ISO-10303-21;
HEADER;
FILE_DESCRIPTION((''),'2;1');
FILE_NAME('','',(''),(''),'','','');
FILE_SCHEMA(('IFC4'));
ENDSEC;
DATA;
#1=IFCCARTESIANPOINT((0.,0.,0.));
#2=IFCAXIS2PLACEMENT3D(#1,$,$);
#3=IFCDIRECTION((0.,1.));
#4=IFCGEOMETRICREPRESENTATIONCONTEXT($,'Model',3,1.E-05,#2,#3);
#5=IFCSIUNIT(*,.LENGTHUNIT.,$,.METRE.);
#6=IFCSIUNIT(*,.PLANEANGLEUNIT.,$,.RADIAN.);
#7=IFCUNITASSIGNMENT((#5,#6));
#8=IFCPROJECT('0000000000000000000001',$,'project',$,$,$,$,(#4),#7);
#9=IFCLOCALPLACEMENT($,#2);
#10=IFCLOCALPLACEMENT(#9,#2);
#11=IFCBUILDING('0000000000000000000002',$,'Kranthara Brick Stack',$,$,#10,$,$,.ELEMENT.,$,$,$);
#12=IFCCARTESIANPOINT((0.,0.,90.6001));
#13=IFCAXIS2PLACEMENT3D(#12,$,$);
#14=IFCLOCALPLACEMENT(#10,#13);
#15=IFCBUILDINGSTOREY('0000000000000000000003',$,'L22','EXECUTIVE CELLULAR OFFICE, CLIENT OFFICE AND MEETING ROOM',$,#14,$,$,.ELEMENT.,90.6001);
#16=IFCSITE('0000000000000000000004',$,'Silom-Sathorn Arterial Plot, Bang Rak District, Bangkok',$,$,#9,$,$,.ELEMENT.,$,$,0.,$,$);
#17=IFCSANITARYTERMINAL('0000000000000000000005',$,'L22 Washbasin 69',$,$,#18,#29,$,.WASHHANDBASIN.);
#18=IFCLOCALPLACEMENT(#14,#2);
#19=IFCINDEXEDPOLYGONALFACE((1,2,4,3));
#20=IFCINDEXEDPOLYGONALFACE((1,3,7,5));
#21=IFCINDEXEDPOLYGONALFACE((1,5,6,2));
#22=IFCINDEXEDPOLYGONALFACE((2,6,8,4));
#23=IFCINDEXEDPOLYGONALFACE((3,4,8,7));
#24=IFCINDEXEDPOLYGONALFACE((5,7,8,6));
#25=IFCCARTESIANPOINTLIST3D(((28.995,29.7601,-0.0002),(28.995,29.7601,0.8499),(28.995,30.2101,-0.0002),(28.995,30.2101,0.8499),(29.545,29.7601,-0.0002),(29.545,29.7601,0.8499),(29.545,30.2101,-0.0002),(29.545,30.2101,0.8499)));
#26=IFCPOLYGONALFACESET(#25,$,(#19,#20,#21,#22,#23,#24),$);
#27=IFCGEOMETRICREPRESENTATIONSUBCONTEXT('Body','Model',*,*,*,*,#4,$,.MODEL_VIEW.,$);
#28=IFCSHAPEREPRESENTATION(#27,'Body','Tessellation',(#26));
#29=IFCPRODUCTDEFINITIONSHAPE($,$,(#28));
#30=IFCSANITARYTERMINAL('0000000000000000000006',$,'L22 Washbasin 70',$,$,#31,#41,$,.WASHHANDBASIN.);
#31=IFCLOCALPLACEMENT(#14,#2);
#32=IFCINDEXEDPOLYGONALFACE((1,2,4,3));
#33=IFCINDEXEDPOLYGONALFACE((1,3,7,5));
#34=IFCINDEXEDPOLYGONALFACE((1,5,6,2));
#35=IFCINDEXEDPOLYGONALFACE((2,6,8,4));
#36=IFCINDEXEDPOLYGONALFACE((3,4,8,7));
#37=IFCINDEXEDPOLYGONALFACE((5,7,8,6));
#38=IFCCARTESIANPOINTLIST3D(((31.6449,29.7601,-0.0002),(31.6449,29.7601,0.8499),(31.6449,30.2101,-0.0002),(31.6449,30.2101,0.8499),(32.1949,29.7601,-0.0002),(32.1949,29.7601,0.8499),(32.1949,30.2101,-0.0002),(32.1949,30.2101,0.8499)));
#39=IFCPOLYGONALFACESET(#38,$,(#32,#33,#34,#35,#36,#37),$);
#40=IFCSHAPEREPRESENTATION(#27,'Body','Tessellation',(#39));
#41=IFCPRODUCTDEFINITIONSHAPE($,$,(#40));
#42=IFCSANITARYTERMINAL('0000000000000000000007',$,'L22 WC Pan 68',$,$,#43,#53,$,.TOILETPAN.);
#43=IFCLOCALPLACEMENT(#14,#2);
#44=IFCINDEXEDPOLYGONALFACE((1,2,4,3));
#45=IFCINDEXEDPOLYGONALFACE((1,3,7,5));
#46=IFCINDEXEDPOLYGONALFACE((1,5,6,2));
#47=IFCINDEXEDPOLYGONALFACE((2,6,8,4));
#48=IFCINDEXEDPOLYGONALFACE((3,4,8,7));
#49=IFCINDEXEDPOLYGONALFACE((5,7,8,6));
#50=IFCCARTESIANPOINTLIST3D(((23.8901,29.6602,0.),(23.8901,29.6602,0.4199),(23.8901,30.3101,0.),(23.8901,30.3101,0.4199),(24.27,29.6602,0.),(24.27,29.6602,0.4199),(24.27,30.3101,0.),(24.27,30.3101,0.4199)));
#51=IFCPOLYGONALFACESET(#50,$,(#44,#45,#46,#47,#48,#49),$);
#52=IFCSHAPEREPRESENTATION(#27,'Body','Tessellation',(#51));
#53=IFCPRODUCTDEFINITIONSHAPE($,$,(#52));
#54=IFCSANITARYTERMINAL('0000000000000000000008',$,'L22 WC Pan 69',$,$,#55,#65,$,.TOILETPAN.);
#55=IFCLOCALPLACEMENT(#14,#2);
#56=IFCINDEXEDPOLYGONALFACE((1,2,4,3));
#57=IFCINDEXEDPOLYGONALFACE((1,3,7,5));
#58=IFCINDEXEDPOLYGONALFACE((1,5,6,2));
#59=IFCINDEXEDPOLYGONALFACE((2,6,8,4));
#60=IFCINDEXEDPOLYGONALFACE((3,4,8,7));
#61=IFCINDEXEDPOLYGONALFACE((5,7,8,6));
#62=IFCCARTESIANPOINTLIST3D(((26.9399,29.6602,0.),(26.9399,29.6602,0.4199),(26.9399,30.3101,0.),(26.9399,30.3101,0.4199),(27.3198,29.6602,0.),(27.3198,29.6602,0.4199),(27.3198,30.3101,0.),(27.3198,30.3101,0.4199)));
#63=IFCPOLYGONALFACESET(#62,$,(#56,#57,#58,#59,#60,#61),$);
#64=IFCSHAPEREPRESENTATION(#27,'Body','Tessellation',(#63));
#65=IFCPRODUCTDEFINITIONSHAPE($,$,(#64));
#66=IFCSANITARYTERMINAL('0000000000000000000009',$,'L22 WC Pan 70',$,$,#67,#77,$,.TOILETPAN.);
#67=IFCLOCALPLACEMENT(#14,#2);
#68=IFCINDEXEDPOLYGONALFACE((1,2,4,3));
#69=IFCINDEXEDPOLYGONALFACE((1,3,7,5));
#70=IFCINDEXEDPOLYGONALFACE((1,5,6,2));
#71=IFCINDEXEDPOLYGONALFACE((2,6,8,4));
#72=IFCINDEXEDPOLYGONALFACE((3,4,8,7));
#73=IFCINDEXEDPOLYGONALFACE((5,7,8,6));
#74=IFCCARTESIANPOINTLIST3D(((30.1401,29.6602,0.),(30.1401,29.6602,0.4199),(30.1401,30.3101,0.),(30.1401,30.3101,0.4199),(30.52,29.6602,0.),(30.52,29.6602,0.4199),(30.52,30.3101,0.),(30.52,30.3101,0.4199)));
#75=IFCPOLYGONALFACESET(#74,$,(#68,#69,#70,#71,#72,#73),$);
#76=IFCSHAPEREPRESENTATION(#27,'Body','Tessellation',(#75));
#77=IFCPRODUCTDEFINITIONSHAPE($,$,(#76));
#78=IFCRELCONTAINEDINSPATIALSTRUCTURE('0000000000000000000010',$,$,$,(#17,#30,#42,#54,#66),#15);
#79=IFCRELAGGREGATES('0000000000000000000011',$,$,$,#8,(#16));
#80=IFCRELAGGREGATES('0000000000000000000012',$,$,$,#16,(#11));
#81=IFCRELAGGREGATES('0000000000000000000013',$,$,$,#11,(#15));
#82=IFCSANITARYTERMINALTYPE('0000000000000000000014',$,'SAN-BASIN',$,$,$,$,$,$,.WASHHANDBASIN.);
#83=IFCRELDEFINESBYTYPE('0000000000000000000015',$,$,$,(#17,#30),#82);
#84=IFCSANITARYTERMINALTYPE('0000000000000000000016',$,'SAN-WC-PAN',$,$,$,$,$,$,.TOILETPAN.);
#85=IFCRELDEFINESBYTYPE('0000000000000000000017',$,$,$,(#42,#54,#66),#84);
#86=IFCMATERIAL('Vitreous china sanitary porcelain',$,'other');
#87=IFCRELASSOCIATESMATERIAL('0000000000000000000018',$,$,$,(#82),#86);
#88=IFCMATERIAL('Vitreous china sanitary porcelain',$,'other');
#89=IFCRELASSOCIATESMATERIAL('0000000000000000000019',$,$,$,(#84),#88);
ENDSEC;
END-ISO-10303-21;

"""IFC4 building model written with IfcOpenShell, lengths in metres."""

from ifc_helpers import new_model, si_unit, direction, frame, origin, origin_2d, place, context, subcontext, project, spatial, rectangle, extrude, material, type_object, element, save


model = new_model("IFC4")

# Units and contexts
model_context = context("Model", 3, precision=1e-05, world=origin(), true_north=direction((0.0, 1.0)))
body_context = subcontext(model_context, "Body", "Model", "MODEL_VIEW")
ifc_project = project(units=[si_unit("LENGTHUNIT", "METRE"), si_unit("PLANEANGLEUNIT", "RADIAN")], contexts=[model_context])

# Site, building, storey
site_placement = place(None, origin())
site = spatial("IfcSite", under=ifc_project, at=site_placement, Name="Silom-Sathorn Arterial Plot, Bang Rak District, Bangkok", CompositionType="ELEMENT", RefElevation=0.0)
building_placement = place(site_placement, origin())
building = spatial("IfcBuilding", under=site, at=building_placement, Name="Kranthara Brick Stack", CompositionType="ELEMENT")
storey_placement = place(building_placement, frame((0.0, 0.0, 90.6001)))
storey = spatial("IfcBuildingStorey", under=building, at=storey_placement, Name="L22", Description="EXECUTIVE CELLULAR OFFICE, CLIENT OFFICE AND MEETING ROOM", CompositionType="ELEMENT", Elevation=90.6001)

# Sanitary terminals
ifc_material_1 = material(Name="Vitreous china sanitary porcelain", Category="other")
sanitary_terminal_type_1 = type_object("IfcSanitaryTerminalType", Name="SAN-BASIN", PredefinedType="WASHHANDBASIN", material=ifc_material_1)
for number, where, z_axis, x_axis, name in (
    (1, (29.27, 29.9851, -0.0002), (0.0, 0.0, 1.0), (1.0, 0.0, 0.0), "L22 Washbasin 69"),
    (2, (31.9199, 29.9851, -0.0002), (0.0, 0.0, 1.0), (1.0, 0.0, 0.0), "L22 Washbasin 70"),
):
    element("IfcSanitaryTerminal", number, at=place(storey_placement, frame(where, z_axis=z_axis, x_axis=x_axis)), inside=storey, type_object=sanitary_terminal_type_1, Name=name, PredefinedType="WASHHANDBASIN", context=body_context, shape_type="SweptSolid", body=[
        extrude(rectangle(XDim=0.55, YDim=0.45, at=origin_2d()), origin(), (0.0, 0.0, 1.0), 0.8501),
    ])
ifc_material_2 = material(Name="Vitreous china sanitary porcelain", Category="other")
sanitary_terminal_type_2 = type_object("IfcSanitaryTerminalType", Name="SAN-WC-PAN", PredefinedType="TOILETPAN", material=ifc_material_2)
for number, where, z_axis, x_axis, name in (
    (3, (24.0801, 29.9851, 0.0), (0.0, 0.0, 1.0), (1.0, 0.0, 0.0), "L22 WC Pan 68"),
    (4, (27.1299, 29.9851, 0.0), (0.0, 0.0, 1.0), (1.0, 0.0, 0.0), "L22 WC Pan 69"),
    (5, (30.3301, 29.9851, 0.0), (0.0, 0.0, 1.0), (1.0, 0.0, 0.0), "L22 WC Pan 70"),
):
    element("IfcSanitaryTerminal", number, at=place(storey_placement, frame(where, z_axis=z_axis, x_axis=x_axis)), inside=storey, type_object=sanitary_terminal_type_2, Name=name, PredefinedType="TOILETPAN", context=body_context, shape_type="SweptSolid", body=[
        extrude(rectangle(XDim=0.3799, YDim=0.6499, at=origin_2d()), origin(), (0.0, 0.0, 1.0), 0.4199),
    ])

save(model, "model.ifc")
